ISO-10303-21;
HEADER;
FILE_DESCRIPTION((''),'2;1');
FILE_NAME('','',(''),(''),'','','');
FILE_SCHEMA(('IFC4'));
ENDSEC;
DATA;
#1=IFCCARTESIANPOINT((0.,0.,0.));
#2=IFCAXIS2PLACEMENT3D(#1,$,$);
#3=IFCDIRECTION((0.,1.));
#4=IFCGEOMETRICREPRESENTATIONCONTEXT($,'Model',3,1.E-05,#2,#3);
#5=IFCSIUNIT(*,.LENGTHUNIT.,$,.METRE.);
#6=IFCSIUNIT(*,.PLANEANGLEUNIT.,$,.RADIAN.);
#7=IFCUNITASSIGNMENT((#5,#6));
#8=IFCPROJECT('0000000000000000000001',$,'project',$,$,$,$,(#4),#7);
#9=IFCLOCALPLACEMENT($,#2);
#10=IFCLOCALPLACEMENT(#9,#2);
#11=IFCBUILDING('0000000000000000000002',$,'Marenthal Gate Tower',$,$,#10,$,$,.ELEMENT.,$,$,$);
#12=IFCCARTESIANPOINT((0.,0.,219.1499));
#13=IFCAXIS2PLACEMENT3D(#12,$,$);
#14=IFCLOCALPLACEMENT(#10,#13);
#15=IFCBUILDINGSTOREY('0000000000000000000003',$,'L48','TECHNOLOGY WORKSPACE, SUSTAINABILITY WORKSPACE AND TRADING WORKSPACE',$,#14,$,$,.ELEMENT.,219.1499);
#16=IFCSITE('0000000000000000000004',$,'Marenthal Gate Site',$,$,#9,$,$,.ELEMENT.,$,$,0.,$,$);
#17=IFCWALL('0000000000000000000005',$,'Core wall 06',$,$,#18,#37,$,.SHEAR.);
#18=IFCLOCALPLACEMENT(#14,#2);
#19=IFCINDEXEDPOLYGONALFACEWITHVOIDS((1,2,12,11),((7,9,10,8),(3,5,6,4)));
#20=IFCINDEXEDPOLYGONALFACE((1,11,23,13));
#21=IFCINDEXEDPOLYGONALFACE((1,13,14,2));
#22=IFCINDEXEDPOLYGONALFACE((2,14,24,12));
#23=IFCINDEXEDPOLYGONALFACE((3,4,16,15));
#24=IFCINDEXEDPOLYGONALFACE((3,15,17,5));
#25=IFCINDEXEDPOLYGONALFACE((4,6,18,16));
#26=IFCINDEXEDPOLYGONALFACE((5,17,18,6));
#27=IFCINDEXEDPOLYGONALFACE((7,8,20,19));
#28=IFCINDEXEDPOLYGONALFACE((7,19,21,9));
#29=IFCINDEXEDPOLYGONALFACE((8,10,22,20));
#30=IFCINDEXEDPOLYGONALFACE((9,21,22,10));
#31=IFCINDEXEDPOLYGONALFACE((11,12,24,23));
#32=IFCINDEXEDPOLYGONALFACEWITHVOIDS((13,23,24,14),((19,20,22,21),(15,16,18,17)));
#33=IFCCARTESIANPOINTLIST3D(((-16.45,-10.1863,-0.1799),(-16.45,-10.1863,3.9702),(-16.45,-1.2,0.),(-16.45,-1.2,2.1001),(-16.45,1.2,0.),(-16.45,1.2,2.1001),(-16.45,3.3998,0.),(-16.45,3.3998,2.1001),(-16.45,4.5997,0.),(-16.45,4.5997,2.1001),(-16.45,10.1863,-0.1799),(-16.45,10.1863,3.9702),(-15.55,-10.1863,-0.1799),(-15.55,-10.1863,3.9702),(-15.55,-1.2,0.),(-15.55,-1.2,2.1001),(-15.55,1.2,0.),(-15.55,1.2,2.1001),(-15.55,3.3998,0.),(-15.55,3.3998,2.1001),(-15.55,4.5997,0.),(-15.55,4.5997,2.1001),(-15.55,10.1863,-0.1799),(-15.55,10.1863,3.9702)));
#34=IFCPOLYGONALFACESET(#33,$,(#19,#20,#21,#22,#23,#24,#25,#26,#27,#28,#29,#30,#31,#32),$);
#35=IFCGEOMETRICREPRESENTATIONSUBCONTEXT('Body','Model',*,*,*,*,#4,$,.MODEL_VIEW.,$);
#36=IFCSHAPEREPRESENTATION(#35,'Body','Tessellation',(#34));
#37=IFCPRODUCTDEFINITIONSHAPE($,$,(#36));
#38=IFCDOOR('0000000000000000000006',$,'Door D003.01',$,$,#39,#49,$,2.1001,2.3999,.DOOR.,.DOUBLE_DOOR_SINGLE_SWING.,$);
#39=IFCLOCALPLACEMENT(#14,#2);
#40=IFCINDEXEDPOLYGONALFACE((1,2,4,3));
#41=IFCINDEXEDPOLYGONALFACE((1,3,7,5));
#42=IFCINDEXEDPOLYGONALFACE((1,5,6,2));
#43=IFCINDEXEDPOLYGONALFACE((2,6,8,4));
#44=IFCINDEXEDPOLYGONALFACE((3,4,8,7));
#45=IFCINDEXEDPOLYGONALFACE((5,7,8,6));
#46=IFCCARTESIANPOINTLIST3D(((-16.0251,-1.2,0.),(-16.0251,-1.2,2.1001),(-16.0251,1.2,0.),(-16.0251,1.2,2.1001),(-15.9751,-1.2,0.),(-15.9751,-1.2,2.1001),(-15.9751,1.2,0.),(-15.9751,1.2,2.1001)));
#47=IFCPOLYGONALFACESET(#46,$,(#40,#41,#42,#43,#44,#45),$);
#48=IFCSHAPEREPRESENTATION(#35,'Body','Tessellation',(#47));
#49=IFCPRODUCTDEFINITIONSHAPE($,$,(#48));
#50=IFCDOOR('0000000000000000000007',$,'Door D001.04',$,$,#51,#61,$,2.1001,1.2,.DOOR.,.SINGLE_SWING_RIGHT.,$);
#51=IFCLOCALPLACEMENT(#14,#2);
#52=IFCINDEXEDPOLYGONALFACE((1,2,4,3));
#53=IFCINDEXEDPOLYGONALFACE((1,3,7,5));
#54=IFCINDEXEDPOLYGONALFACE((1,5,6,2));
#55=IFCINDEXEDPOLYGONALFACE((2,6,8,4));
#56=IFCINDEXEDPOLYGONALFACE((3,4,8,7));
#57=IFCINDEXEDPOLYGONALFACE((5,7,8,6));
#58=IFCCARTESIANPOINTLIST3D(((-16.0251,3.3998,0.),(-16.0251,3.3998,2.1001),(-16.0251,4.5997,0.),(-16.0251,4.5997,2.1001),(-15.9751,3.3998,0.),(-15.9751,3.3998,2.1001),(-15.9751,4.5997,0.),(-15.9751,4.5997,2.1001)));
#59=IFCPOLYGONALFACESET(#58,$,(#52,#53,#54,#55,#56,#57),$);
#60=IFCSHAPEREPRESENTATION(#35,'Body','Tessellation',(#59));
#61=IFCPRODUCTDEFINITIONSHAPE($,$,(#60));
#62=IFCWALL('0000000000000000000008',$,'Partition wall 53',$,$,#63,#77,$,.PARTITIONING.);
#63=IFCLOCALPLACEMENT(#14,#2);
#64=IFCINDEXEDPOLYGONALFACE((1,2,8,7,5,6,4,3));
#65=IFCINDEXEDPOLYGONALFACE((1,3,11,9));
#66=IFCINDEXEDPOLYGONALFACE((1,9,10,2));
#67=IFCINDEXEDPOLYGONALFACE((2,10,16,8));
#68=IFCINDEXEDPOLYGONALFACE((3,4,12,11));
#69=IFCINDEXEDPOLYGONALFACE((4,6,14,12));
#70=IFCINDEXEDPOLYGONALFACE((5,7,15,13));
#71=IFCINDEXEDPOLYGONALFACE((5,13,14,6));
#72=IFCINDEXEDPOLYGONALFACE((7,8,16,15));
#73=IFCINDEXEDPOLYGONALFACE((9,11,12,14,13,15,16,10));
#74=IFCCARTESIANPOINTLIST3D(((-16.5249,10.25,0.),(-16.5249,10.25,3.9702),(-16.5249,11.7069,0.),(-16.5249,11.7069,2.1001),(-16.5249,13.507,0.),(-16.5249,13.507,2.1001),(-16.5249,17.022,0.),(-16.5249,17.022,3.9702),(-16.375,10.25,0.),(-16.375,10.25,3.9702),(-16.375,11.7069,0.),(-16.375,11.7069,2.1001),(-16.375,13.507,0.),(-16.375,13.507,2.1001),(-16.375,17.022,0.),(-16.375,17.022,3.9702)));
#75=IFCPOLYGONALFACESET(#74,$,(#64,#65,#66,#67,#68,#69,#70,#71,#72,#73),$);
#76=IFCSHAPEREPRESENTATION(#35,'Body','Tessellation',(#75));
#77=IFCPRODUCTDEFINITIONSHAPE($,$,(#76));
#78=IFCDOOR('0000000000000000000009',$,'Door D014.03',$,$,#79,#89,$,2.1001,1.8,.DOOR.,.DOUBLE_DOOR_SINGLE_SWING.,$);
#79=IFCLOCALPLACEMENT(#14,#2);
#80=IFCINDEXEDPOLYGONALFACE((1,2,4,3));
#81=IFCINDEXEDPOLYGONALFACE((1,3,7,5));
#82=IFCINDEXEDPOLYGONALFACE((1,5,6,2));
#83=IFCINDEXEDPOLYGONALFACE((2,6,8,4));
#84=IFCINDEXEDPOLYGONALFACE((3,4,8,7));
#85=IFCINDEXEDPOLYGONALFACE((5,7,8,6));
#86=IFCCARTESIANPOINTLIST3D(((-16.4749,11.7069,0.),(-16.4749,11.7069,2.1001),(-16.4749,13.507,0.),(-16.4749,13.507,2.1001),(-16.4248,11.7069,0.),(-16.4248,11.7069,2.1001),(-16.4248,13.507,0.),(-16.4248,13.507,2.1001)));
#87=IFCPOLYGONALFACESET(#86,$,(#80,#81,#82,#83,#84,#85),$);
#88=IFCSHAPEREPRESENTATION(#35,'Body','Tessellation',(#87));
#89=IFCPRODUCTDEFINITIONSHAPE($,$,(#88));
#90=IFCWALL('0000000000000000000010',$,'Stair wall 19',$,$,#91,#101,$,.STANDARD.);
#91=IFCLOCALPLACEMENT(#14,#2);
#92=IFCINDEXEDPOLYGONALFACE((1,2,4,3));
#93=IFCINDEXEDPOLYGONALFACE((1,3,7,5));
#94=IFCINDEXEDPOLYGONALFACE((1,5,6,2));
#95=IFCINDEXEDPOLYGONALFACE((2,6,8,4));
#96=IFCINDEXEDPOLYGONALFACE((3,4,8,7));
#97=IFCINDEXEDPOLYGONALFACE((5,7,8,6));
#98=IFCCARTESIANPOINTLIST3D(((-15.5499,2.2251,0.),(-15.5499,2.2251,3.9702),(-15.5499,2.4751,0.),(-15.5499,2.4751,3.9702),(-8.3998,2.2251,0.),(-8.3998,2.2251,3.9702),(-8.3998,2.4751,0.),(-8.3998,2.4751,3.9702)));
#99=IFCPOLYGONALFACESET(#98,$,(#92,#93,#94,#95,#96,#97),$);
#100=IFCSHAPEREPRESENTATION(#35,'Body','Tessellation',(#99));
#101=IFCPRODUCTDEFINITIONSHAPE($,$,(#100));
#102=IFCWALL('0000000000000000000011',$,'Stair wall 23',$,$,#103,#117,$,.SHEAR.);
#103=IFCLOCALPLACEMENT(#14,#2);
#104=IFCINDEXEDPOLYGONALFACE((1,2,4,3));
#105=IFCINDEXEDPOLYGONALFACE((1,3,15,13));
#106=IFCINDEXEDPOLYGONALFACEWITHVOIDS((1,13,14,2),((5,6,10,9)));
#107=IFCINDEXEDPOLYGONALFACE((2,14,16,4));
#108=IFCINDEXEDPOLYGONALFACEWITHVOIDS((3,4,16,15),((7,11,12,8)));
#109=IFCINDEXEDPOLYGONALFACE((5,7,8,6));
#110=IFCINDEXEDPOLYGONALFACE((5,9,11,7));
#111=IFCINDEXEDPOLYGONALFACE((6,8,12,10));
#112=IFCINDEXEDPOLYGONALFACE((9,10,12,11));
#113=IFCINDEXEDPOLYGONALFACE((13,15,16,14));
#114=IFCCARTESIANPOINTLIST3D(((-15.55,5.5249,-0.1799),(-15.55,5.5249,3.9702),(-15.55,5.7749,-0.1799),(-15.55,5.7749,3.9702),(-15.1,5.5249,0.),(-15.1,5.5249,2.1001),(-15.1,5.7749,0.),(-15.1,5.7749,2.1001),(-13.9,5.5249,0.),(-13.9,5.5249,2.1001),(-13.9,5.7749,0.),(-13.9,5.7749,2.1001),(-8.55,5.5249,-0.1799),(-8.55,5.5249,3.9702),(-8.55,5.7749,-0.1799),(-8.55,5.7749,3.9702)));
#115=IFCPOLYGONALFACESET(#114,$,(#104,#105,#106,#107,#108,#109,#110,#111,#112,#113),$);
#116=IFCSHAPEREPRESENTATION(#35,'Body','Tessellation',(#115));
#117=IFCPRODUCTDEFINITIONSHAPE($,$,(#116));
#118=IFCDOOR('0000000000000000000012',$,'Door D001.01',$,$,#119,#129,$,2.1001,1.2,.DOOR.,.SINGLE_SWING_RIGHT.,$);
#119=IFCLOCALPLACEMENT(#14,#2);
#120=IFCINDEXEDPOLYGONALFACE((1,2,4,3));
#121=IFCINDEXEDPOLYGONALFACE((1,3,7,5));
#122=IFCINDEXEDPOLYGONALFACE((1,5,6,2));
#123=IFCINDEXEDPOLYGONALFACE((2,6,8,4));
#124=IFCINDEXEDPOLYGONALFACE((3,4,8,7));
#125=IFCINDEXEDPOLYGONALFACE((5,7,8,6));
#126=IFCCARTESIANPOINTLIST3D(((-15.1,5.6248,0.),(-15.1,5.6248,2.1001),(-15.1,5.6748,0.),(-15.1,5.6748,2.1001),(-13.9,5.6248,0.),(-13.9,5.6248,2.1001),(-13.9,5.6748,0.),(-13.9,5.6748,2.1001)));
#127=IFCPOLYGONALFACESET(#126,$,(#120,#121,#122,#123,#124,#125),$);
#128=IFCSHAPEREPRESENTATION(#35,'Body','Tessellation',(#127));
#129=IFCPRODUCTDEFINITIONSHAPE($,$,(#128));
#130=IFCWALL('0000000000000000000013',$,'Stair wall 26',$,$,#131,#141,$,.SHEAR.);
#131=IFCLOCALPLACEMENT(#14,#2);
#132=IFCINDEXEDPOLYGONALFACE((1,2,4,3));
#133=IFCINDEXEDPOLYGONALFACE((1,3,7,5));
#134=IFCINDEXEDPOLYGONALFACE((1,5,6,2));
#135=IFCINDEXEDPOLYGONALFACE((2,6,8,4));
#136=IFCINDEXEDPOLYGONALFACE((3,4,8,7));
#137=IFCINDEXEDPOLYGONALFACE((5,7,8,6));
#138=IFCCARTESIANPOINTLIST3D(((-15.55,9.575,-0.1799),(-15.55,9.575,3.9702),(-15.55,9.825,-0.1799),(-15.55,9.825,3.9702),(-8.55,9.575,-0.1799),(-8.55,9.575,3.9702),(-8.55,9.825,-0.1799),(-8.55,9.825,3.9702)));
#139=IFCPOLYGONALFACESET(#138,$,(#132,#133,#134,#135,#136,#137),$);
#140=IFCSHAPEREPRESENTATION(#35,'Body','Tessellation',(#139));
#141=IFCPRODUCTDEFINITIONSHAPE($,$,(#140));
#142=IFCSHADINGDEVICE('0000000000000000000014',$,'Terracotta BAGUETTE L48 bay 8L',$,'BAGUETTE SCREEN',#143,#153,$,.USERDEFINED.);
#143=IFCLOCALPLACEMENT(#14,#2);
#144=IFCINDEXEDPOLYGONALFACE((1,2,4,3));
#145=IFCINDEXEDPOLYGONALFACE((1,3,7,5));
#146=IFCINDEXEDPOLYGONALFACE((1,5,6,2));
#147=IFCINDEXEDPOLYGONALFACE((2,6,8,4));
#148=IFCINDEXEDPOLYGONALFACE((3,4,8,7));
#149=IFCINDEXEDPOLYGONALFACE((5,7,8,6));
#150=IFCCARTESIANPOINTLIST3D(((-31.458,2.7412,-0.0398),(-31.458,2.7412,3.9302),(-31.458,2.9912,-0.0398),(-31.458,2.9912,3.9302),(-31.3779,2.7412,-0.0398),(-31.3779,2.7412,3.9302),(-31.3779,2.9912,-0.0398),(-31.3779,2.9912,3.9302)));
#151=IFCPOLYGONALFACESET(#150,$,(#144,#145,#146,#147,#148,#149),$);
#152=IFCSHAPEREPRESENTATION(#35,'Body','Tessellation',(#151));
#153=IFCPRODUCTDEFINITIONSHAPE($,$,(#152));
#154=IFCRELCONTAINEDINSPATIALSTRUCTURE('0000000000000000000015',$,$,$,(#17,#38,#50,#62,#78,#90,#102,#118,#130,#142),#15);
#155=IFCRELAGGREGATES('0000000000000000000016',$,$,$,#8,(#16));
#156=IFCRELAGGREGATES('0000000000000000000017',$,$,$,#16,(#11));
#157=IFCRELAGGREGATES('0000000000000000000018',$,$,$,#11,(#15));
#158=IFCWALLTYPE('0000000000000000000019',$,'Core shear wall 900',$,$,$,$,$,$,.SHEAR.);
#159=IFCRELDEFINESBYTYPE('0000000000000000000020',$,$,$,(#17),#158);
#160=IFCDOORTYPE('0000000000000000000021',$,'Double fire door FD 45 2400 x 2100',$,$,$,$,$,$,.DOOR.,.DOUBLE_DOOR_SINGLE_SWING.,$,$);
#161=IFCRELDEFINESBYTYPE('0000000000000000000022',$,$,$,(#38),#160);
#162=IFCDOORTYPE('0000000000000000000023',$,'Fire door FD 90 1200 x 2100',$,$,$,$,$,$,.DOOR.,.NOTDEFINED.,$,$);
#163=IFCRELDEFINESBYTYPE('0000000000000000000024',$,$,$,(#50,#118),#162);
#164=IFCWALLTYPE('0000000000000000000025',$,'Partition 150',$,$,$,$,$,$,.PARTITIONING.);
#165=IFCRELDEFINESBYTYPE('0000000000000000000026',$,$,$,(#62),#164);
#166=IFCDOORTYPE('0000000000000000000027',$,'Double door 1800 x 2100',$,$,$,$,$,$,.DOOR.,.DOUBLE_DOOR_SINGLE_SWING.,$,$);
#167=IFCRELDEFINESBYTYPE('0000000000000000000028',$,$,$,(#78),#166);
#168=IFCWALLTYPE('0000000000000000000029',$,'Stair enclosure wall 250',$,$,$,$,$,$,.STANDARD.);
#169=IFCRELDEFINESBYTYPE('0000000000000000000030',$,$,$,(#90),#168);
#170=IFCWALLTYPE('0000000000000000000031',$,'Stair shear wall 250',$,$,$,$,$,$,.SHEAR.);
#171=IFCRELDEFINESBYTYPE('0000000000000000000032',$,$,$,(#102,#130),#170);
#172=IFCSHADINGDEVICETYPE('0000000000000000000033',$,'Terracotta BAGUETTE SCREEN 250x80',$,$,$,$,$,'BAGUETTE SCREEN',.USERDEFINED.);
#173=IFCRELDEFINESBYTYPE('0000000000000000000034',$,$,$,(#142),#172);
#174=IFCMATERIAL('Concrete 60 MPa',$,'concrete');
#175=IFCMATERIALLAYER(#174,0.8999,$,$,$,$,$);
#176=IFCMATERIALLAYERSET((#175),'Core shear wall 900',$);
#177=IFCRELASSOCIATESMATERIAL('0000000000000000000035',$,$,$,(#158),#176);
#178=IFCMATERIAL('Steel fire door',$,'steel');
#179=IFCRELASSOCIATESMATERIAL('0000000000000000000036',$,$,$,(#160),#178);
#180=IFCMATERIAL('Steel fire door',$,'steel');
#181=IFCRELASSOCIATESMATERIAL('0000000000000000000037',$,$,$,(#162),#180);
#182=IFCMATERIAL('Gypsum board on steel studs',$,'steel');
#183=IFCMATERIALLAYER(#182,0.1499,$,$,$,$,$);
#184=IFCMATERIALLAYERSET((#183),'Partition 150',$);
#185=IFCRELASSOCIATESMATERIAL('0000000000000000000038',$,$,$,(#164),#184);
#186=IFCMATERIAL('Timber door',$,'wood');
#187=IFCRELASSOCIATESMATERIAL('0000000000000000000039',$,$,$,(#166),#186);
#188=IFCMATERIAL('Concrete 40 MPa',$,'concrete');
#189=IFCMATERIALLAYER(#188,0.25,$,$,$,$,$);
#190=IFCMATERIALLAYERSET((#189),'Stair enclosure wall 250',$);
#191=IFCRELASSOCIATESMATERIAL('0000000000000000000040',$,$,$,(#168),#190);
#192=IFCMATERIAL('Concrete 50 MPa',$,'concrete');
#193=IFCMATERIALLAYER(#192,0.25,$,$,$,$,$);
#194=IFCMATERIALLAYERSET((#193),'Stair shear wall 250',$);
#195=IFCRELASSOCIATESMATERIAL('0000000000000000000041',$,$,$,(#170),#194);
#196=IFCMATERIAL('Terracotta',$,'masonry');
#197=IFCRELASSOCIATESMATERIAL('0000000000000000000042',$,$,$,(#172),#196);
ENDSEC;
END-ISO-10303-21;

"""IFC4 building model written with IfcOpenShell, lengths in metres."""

from ifc_helpers import new_model, si_unit, direction, frame, frame_2d, origin, origin_2d, place, context, subcontext, project, spatial, rectangle, extrude, material, layer, layer_set, material_profile, profile_set, type_object, element, fill, save


model = new_model("IFC4")

# Units and contexts
model_context = context("Model", 3, precision=1e-05, world=origin(), true_north=direction((0.0, 1.0)))
body_context = subcontext(model_context, "Body", "Model", "MODEL_VIEW")
ifc_project = project(units=[si_unit("LENGTHUNIT", "METRE"), si_unit("PLANEANGLEUNIT", "RADIAN")], contexts=[model_context])

# Site, building, storey
site_placement = place(None, origin())
site = spatial("IfcSite", under=ifc_project, at=site_placement, Name="Marenthal Gate Site", CompositionType="ELEMENT", RefElevation=0.0)
building_placement = place(site_placement, origin())
building = spatial("IfcBuilding", under=site, at=building_placement, Name="Marenthal Gate Tower", CompositionType="ELEMENT")
storey_placement = place(building_placement, frame((0.0, 0.0, 219.1499)))
storey = spatial("IfcBuildingStorey", under=building, at=storey_placement, Name="L48", Description="TECHNOLOGY WORKSPACE, SUSTAINABILITY WORKSPACE AND TRADING WORKSPACE", CompositionType="ELEMENT", Elevation=219.1499)

# Wall, openings, doors
ifc_material_1 = material(Name="Concrete 60 MPa", Category="concrete")
ifc_layer_1 = layer(ifc_material_1, 0.8999)
ifc_layer_set_1 = layer_set([ifc_layer_1], Name="Core shear wall 900")
wall_type_1 = type_object("IfcWallType", Name="Core shear wall 900", PredefinedType="SHEAR", material=ifc_layer_set_1)
wall_1_placement = place(storey_placement, frame((-16.0, 10.1863, -0.1799), z_axis=(0.0, 0.0, 1.0), x_axis=(0.0, -1.0, 0.0)))
wall_1 = element("IfcWall", 1, at=wall_1_placement, inside=storey, type_object=wall_type_1, Name="Core wall 06", PredefinedType="SHEAR", context=body_context, shape_type="SweptSolid", body=[
    extrude(rectangle(XDim=20.3726, YDim=0.8999, at=frame_2d((10.1863, 0.0))), origin(), (0.0, 0.0, 1.0), 4.1501),
])
opening_1_placement = place(wall_1_placement, frame((8.9863, 0.0, 0.1799)))
opening_1 = element("IfcOpeningElement", 2, at=opening_1_placement, cuts=wall_1, PredefinedType="OPENING", context=body_context, shape_type="SweptSolid", body=[
    extrude(rectangle(XDim=2.3999, YDim=2.1001, at=frame_2d((1.2, 1.05))), frame((0.0, 0.46, 0.0), z_axis=(0.0, -1.0, 0.0), x_axis=(1.0, 0.0, 0.0)), (0.0, 0.0, 1.0), 0.9199),
])
opening_2_placement = place(wall_1_placement, frame((5.5864, 0.0, 0.1799)))
opening_2 = element("IfcOpeningElement", 3, at=opening_2_placement, cuts=wall_1, PredefinedType="OPENING", context=body_context, shape_type="SweptSolid", body=[
    extrude(rectangle(XDim=1.2, YDim=2.1001, at=frame_2d((0.6001, 1.05))), frame((0.0, 0.46, 0.0), z_axis=(0.0, -1.0, 0.0), x_axis=(1.0, 0.0, 0.0)), (0.0, 0.0, 1.0), 0.9199),
])
ifc_material_2 = material(Name="Steel fire door", Category="steel")
door_type_1 = type_object("IfcDoorType", Name="Double fire door FD 45 2400 x 2100", OperationType="DOUBLE_DOOR_SINGLE_SWING", PredefinedType="DOOR", material=ifc_material_2)
door_1_placement = place(opening_1_placement, origin())
door_1 = element("IfcDoor", 4, at=door_1_placement, inside=storey, type_object=door_type_1, Name="Door D003.01", OperationType="DOUBLE_DOOR_SINGLE_SWING", OverallHeight=2.1001, OverallWidth=2.3999, PredefinedType="DOOR", context=body_context, shape_type="SweptSolid", body=[
    extrude(rectangle(XDim=2.3999, YDim=2.1001, at=frame_2d((1.2, 1.05))), frame((0.0, 0.0249, 0.0), z_axis=(0.0, -1.0, 0.0), x_axis=(1.0, 0.0, 0.0)), (0.0, 0.0, 1.0), 0.05),
])
fill(opening_1, door_1)
ifc_material_3 = material(Name="Steel fire door", Category="steel")
door_type_2 = type_object("IfcDoorType", Name="Fire door FD 90 1200 x 2100", OperationType="NOTDEFINED", PredefinedType="DOOR", material=ifc_material_3)
door_2_placement = place(opening_2_placement, origin())
door_2 = element("IfcDoor", 5, at=door_2_placement, inside=storey, type_object=door_type_2, Name="Door D001.04", OperationType="SINGLE_SWING_RIGHT", OverallHeight=2.1001, OverallWidth=1.2, PredefinedType="DOOR", context=body_context, shape_type="SweptSolid", body=[
    extrude(rectangle(XDim=1.2, YDim=2.1001, at=frame_2d((0.6001, 1.05))), frame((0.0, 0.0249, 0.0), z_axis=(0.0, -1.0, 0.0), x_axis=(1.0, 0.0, 0.0)), (0.0, 0.0, 1.0), 0.05),
])
fill(opening_2, door_2)

# Wall, opening, door
ifc_material_4 = material(Name="Gypsum board on steel studs", Category="steel")
ifc_layer_2 = layer(ifc_material_4, 0.1499)
ifc_layer_set_2 = layer_set([ifc_layer_2], Name="Partition 150")
wall_type_2 = type_object("IfcWallType", Name="Partition 150", PredefinedType="PARTITIONING", material=ifc_layer_set_2)
wall_2_placement = place(storey_placement, frame((-16.45, 10.25, 0.0), z_axis=(0.0, 0.0, 1.0), x_axis=(0.0, 1.0, 0.0)))
wall_2 = element("IfcWall", 6, at=wall_2_placement, inside=storey, type_object=wall_type_2, Name="Partition wall 53", PredefinedType="PARTITIONING", context=body_context, shape_type="SweptSolid", body=[
    extrude(rectangle(XDim=6.772, YDim=0.1499, at=frame_2d((3.386, 0.0))), origin(), (0.0, 0.0, 1.0), 3.9702),
])
opening_3_placement = place(wall_2_placement, frame((1.457, 0.0, 0.0)))
opening_3 = element("IfcOpeningElement", 7, at=opening_3_placement, cuts=wall_2, PredefinedType="OPENING", context=body_context, shape_type="SweptSolid", body=[
    extrude(rectangle(XDim=1.8, YDim=2.1001, at=frame_2d((0.8999, 1.05))), frame((0.0, 0.085, 0.0), z_axis=(0.0, -1.0, 0.0), x_axis=(1.0, 0.0, 0.0)), (0.0, 0.0, 1.0), 0.1699),
])
ifc_material_5 = material(Name="Timber door", Category="wood")
door_type_3 = type_object("IfcDoorType", Name="Double door 1800 x 2100", OperationType="DOUBLE_DOOR_SINGLE_SWING", PredefinedType="DOOR", material=ifc_material_5)
door_3_placement = place(opening_3_placement, origin())
door_3 = element("IfcDoor", 8, at=door_3_placement, inside=storey, type_object=door_type_3, Name="Door D014.03", OperationType="DOUBLE_DOOR_SINGLE_SWING", OverallHeight=2.1001, OverallWidth=1.8, PredefinedType="DOOR", context=body_context, shape_type="SweptSolid", body=[
    extrude(rectangle(XDim=1.8, YDim=2.1001, at=frame_2d((0.8999, 1.05))), frame((0.0, 0.0249, 0.0), z_axis=(0.0, -1.0, 0.0), x_axis=(1.0, 0.0, 0.0)), (0.0, 0.0, 1.0), 0.05),
])
fill(opening_3, door_3)

# Wall
ifc_material_6 = material(Name="Concrete 40 MPa", Category="concrete")
ifc_layer_3 = layer(ifc_material_6, 0.25)
ifc_layer_set_3 = layer_set([ifc_layer_3], Name="Stair enclosure wall 250")
wall_type_3 = type_object("IfcWallType", Name="Stair enclosure wall 250", PredefinedType="STANDARD", material=ifc_layer_set_3)
wall_3_placement = place(storey_placement, frame((-15.55, 2.3501, 0.0), z_axis=(0.0, 0.0, 1.0), x_axis=(1.0, 0.0, 0.0)))
element("IfcWall", 9, at=wall_3_placement, inside=storey, type_object=wall_type_3, Name="Stair wall 19", PredefinedType="STANDARD", context=body_context, shape_type="SweptSolid", body=[
    extrude(rectangle(XDim=7.1501, YDim=0.25, at=frame_2d((3.5752, 0.0))), origin(), (0.0, 0.0, 1.0), 3.9702),
])

# Wall, opening, door
ifc_material_7 = material(Name="Concrete 50 MPa", Category="concrete")
ifc_layer_4 = layer(ifc_material_7, 0.25)
ifc_layer_set_4 = layer_set([ifc_layer_4], Name="Stair shear wall 250")
wall_type_4 = type_object("IfcWallType", Name="Stair shear wall 250", PredefinedType="SHEAR", material=ifc_layer_set_4)
wall_4_placement = place(storey_placement, frame((-15.55, 5.6499, -0.1799), z_axis=(0.0, 0.0, 1.0), x_axis=(1.0, 0.0, 0.0)))
wall_4 = element("IfcWall", 10, at=wall_4_placement, inside=storey, type_object=wall_type_4, Name="Stair wall 23", PredefinedType="SHEAR", context=body_context, shape_type="SweptSolid", body=[
    extrude(rectangle(XDim=7.0, YDim=0.25, at=frame_2d((3.5, 0.0))), origin(), (0.0, 0.0, 1.0), 4.1501),
])
opening_4_placement = place(wall_4_placement, frame((0.45, 0.0, 0.1799)))
opening_4 = element("IfcOpeningElement", 11, at=opening_4_placement, cuts=wall_4, PredefinedType="OPENING", context=body_context, shape_type="SweptSolid", body=[
    extrude(rectangle(XDim=1.2, YDim=2.1001, at=frame_2d((0.6001, 1.05))), frame((0.0, 0.135, 0.0), z_axis=(0.0, -1.0, 0.0), x_axis=(1.0, 0.0, 0.0)), (0.0, 0.0, 1.0), 0.27),
])
door_4_placement = place(opening_4_placement, origin())
door_4 = element("IfcDoor", 12, at=door_4_placement, inside=storey, type_object=door_type_2, Name="Door D001.01", OperationType="SINGLE_SWING_RIGHT", OverallHeight=2.1001, OverallWidth=1.2, PredefinedType="DOOR", context=body_context, shape_type="SweptSolid", body=[
    extrude(rectangle(XDim=1.2, YDim=2.1001, at=frame_2d((0.6001, 1.05))), frame((0.0, 0.0249, 0.0), z_axis=(0.0, -1.0, 0.0), x_axis=(1.0, 0.0, 0.0)), (0.0, 0.0, 1.0), 0.05),
])
fill(opening_4, door_4)

# Wall
wall_5_placement = place(storey_placement, frame((-15.55, 9.7, -0.1799), z_axis=(0.0, 0.0, 1.0), x_axis=(1.0, 0.0, 0.0)))
element("IfcWall", 13, at=wall_5_placement, inside=storey, type_object=wall_type_4, Name="Stair wall 26", PredefinedType="SHEAR", context=body_context, shape_type="SweptSolid", body=[
    extrude(rectangle(XDim=7.0, YDim=0.25, at=frame_2d((3.5, 0.0))), origin(), (0.0, 0.0, 1.0), 4.1501),
])

# Shading device
ifc_material_8 = material(Name="Terracotta", Category="masonry")
ifc_material_profile_1 = material_profile(ifc_material_8, rectangle(XDim=0.25, YDim=0.0801, at=origin_2d()), Name="Terracotta baguette 250x80")
ifc_profile_set_1 = profile_set([ifc_material_profile_1], Name="Terracotta")
shading_device_type = type_object("IfcShadingDeviceType", Name="Terracotta BAGUETTE SCREEN 250x80", ElementType="BAGUETTE SCREEN", PredefinedType="USERDEFINED", material=ifc_profile_set_1)
shading_device_placement = place(storey_placement, frame((-31.418, 2.8662, -0.0398), z_axis=(0.0, 0.0, 1.0), x_axis=(0.0, -1.0, 0.0)))
element("IfcShadingDevice", 14, at=shading_device_placement, inside=storey, type_object=shading_device_type, Name="Terracotta BAGUETTE L48 bay 8L", ObjectType="BAGUETTE SCREEN", PredefinedType="USERDEFINED", context=body_context, shape_type="SweptSolid", body=[
    extrude(rectangle(XDim=0.25, YDim=0.0801, at=origin_2d()), origin(), (0.0, 0.0, 1.0), 3.97),
])

save(model, "model.ifc")
